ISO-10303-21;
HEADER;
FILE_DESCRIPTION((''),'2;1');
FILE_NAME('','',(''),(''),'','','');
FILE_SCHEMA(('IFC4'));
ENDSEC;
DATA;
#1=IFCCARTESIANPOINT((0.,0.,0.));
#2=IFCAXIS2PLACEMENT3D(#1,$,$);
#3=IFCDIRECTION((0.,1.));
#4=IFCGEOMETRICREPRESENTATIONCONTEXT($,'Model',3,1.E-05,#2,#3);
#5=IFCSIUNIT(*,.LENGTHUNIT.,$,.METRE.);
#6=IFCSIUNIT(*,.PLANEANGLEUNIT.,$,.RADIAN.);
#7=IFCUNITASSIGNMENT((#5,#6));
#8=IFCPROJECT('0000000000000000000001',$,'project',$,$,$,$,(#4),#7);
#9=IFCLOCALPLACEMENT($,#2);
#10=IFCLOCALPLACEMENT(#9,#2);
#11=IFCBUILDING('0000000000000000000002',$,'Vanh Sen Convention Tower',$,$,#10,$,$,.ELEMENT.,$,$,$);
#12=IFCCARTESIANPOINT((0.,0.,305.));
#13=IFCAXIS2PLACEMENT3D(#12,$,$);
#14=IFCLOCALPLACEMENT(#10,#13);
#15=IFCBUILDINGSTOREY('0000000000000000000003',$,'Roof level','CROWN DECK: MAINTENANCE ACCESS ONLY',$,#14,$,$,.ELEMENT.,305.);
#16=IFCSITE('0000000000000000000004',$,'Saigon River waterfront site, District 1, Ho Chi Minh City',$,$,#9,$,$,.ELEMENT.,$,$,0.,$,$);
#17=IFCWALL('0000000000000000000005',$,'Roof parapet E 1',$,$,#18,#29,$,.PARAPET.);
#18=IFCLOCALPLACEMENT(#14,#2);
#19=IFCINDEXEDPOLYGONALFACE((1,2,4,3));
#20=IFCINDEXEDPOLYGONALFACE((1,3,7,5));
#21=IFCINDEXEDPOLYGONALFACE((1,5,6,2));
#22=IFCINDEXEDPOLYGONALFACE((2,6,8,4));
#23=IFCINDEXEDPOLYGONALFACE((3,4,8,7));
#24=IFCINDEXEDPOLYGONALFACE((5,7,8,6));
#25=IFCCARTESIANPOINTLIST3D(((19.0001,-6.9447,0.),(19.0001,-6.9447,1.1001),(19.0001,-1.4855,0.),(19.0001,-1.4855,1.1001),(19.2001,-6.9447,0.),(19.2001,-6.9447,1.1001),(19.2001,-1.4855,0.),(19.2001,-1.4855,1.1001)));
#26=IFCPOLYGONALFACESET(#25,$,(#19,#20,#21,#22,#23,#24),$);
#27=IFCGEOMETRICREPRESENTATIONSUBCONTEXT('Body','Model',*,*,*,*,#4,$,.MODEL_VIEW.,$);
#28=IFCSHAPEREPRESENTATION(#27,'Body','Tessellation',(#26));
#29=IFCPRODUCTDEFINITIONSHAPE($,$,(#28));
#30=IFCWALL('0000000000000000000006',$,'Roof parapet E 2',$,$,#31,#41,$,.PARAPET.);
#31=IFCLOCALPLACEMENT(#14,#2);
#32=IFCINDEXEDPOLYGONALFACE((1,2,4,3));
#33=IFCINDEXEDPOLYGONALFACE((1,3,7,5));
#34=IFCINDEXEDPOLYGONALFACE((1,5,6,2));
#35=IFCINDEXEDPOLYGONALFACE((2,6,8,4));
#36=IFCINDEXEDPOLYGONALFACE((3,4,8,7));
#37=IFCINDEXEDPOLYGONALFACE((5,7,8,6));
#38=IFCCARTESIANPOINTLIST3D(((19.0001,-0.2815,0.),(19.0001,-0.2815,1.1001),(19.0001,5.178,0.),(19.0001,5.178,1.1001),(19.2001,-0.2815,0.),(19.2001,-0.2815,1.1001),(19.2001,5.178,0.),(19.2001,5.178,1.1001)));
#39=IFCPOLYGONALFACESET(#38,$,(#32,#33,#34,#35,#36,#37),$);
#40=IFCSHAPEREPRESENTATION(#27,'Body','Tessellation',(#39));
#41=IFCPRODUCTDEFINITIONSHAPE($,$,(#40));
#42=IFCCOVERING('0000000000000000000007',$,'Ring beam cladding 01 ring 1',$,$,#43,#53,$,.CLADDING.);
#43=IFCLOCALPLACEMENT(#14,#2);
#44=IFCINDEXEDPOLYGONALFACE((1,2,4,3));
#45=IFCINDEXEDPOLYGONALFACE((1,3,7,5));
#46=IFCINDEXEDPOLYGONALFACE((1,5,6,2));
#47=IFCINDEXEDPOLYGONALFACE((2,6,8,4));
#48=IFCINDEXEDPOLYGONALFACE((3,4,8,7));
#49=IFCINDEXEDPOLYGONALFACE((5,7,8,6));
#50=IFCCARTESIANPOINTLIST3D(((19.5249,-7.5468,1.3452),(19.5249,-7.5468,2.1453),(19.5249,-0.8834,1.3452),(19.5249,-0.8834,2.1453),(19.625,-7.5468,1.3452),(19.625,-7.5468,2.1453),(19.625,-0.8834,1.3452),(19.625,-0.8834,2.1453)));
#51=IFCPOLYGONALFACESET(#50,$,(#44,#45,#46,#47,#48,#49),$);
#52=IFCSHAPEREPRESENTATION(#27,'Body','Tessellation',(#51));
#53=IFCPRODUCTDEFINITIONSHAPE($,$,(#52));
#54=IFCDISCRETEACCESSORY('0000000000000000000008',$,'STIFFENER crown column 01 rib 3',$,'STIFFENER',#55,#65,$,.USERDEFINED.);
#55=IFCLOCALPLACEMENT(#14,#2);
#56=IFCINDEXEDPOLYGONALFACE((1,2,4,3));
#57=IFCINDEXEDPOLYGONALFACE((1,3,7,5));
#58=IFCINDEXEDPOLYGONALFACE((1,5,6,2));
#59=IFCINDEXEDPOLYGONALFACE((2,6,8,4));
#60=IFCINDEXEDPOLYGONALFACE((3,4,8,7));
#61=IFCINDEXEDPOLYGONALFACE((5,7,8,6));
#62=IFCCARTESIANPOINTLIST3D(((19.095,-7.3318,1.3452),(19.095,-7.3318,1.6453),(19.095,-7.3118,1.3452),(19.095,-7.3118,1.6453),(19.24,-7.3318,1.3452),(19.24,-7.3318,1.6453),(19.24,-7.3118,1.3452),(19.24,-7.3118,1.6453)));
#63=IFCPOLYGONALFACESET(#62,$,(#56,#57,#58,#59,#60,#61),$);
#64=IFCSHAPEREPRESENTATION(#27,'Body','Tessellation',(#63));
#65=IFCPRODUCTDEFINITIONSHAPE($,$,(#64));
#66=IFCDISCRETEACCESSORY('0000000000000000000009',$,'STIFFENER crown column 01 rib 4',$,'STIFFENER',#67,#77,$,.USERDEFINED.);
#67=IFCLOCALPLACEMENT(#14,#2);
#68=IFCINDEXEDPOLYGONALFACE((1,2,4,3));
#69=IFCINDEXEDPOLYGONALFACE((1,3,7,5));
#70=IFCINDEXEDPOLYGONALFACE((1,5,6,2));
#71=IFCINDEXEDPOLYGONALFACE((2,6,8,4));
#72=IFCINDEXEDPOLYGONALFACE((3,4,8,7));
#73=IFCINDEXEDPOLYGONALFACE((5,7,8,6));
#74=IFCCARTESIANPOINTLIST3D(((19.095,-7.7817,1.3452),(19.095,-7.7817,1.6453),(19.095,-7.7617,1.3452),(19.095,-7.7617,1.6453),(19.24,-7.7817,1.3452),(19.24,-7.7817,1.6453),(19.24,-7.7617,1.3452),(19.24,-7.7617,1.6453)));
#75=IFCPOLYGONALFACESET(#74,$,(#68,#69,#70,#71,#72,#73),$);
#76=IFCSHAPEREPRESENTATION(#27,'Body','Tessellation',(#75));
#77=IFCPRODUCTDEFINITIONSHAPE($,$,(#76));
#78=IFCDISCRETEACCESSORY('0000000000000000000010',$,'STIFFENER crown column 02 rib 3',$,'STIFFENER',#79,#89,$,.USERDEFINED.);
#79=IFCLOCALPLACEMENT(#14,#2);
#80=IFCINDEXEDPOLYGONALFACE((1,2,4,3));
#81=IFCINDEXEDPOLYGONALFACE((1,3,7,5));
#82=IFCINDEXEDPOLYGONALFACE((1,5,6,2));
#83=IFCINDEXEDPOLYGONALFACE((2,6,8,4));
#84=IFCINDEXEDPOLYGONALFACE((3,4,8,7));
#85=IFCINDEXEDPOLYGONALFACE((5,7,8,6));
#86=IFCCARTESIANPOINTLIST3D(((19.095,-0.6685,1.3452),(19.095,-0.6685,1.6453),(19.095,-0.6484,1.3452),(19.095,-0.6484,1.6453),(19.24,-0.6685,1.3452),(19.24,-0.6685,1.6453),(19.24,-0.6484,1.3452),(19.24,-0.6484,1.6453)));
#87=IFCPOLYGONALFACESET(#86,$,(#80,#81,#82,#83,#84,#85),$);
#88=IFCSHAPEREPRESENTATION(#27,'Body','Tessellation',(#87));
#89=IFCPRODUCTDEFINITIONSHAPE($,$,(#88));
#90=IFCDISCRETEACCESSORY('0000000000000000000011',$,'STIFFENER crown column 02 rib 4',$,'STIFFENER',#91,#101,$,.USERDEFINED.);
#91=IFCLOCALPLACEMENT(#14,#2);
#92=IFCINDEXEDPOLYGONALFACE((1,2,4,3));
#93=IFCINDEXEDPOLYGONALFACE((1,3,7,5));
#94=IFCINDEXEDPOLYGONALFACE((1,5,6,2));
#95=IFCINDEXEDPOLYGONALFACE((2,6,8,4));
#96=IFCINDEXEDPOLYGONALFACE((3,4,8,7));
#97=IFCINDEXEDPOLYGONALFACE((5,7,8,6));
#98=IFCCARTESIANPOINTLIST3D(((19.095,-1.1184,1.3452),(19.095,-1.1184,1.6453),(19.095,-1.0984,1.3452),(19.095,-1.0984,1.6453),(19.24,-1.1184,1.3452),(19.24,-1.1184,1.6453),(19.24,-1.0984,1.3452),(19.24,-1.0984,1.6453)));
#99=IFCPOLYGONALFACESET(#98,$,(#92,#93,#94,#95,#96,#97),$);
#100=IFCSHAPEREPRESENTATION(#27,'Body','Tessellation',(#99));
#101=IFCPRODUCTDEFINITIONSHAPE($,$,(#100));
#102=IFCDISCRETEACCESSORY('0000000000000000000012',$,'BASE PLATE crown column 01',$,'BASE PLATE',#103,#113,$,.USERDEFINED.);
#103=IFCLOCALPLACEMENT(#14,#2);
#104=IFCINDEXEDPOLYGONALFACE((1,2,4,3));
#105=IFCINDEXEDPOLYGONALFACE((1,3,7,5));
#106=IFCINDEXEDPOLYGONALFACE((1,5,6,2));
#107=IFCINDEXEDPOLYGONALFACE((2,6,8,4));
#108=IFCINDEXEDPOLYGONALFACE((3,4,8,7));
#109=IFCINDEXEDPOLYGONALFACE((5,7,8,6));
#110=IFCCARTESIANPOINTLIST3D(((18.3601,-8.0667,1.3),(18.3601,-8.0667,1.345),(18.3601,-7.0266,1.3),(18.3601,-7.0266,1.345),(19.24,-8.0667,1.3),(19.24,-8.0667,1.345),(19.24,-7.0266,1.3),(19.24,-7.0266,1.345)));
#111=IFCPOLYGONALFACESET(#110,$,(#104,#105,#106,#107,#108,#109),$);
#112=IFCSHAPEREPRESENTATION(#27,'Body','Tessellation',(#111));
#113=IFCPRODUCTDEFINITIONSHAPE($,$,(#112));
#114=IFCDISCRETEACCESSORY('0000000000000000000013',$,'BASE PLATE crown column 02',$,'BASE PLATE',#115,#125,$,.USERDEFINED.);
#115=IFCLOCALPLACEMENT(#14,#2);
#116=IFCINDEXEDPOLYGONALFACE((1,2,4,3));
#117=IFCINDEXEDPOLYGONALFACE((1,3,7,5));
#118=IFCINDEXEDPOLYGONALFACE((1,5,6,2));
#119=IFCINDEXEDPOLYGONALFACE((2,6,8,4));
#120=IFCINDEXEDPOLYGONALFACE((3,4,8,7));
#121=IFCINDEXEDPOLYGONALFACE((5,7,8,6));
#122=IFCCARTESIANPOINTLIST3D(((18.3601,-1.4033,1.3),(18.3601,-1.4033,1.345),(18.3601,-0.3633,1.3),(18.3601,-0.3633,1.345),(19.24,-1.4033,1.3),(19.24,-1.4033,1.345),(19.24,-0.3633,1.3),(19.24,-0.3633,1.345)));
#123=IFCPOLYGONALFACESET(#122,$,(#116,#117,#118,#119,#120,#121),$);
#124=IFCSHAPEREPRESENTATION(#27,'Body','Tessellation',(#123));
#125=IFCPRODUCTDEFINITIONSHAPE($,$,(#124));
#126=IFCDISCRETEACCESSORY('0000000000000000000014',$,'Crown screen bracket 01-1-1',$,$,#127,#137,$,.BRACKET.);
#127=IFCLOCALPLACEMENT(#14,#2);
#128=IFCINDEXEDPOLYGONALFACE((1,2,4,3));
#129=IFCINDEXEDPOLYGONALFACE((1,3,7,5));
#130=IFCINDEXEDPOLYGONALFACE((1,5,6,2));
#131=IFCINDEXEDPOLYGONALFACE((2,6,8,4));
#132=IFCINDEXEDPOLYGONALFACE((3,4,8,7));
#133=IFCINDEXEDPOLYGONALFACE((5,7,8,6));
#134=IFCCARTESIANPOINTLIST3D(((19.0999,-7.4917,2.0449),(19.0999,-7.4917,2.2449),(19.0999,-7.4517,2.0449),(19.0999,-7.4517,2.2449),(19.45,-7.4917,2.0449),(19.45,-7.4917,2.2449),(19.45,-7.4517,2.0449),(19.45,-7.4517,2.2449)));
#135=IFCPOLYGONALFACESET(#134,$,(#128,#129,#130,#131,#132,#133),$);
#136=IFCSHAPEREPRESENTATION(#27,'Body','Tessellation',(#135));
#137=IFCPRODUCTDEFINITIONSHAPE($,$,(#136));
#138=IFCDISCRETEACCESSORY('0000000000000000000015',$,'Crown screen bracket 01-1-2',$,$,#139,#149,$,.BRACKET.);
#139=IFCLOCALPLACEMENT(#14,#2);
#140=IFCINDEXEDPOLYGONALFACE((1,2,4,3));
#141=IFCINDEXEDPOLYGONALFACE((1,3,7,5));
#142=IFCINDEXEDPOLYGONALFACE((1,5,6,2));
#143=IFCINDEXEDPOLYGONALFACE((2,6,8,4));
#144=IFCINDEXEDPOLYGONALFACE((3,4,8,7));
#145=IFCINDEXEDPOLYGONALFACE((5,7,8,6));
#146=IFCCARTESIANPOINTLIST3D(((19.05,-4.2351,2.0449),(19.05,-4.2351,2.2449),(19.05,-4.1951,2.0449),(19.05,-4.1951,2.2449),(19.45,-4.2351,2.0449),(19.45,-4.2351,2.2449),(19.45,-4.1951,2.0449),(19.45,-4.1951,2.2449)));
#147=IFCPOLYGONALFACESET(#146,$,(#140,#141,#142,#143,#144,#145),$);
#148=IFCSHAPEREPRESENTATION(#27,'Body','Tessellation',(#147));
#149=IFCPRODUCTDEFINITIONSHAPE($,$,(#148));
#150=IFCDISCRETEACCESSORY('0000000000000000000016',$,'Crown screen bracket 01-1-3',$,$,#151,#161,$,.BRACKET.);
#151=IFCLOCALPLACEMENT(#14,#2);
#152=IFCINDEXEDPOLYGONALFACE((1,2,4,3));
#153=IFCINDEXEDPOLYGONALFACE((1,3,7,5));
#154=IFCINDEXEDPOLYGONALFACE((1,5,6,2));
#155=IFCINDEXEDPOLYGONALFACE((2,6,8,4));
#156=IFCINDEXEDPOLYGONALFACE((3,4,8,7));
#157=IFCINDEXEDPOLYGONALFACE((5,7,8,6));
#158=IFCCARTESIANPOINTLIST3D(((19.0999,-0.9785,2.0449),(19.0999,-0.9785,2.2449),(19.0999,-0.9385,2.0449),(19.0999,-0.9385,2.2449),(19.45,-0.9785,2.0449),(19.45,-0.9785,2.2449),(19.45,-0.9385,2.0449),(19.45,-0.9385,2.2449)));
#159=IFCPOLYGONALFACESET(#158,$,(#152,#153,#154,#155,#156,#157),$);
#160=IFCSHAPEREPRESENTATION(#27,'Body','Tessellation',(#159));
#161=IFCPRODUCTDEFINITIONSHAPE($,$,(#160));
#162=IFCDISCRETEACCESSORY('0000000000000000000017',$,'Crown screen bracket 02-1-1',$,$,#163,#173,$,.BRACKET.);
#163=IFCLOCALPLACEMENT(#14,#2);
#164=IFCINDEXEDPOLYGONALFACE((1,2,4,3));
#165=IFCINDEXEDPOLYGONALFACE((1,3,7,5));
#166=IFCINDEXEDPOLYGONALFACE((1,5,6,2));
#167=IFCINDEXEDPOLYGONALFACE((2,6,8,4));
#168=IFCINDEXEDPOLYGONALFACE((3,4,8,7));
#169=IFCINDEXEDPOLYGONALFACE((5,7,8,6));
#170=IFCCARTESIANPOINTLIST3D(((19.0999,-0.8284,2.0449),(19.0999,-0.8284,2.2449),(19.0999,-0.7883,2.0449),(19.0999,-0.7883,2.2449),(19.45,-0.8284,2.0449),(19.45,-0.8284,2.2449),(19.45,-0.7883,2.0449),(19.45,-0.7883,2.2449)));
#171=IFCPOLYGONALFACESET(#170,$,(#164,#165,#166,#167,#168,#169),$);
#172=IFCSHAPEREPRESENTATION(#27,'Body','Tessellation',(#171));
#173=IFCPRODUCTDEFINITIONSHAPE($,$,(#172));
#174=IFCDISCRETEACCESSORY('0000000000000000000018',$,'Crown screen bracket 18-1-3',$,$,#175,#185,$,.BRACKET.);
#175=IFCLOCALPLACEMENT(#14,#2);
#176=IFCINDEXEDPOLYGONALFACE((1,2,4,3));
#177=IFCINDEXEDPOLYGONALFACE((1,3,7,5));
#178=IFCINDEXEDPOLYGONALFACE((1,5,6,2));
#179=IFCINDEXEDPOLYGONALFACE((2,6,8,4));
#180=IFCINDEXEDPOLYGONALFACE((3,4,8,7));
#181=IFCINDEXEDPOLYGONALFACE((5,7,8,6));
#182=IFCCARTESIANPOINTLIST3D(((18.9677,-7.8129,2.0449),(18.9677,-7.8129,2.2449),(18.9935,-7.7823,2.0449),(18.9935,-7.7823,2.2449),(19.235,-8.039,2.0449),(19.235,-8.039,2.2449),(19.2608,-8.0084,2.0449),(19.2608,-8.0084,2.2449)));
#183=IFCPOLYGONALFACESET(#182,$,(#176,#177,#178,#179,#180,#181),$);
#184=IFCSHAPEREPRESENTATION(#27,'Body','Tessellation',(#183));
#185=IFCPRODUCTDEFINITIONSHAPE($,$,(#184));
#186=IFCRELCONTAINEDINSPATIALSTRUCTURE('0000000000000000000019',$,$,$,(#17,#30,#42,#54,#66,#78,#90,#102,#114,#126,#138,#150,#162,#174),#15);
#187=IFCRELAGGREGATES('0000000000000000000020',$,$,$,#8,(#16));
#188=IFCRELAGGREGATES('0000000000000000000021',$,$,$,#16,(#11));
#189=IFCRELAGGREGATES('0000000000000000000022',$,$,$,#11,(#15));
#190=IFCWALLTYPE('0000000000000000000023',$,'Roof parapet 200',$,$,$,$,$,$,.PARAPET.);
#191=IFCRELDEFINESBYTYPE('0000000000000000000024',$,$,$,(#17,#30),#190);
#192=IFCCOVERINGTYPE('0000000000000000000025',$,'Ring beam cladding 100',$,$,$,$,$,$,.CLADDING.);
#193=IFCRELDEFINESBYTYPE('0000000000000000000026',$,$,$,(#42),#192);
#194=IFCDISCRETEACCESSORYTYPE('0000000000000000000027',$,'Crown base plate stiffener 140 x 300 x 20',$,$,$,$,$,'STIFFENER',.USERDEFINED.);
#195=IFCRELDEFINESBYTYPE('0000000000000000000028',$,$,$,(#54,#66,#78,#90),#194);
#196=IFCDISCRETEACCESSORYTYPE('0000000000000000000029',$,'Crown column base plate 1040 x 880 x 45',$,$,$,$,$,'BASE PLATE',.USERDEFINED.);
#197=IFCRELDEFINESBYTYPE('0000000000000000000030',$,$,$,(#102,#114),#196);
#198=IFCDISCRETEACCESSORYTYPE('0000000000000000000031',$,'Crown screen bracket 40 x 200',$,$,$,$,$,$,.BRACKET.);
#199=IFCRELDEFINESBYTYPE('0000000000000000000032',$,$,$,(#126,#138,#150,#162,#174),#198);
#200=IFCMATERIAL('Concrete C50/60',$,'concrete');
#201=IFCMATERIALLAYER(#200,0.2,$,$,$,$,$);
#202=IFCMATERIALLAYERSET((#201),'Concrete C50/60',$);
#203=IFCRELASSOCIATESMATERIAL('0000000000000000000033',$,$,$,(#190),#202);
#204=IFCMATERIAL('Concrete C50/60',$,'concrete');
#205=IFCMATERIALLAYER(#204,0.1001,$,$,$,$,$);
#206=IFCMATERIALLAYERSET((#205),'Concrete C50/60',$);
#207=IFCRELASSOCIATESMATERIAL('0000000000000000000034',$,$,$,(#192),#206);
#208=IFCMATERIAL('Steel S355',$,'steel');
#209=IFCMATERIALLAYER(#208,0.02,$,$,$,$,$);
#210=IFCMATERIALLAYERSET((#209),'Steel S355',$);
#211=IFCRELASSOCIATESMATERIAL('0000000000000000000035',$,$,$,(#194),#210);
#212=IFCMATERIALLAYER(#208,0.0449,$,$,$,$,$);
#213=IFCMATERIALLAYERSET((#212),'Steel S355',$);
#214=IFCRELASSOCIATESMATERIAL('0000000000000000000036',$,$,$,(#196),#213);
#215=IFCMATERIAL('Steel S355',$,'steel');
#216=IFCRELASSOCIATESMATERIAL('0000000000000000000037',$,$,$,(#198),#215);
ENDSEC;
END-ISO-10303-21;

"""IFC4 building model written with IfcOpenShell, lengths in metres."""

from ifc_helpers import new_model, si_unit, direction, frame, frame_2d, origin, origin_2d, place, context, subcontext, project, spatial, rectangle, extrude, material, layer, layer_set, type_object, element, save


model = new_model("IFC4")

# Units and contexts
model_context = context("Model", 3, precision=1e-05, world=origin(), true_north=direction((0.0, 1.0)))
body_context = subcontext(model_context, "Body", "Model", "MODEL_VIEW")
ifc_project = project(units=[si_unit("LENGTHUNIT", "METRE"), si_unit("PLANEANGLEUNIT", "RADIAN")], contexts=[model_context])

# Site, building, storey
site_placement = place(None, origin())
site = spatial("IfcSite", under=ifc_project, at=site_placement, Name="Saigon River waterfront site, District 1, Ho Chi Minh City", CompositionType="ELEMENT", RefElevation=0.0)
building_placement = place(site_placement, origin())
building = spatial("IfcBuilding", under=site, at=building_placement, Name="Vanh Sen Convention Tower", CompositionType="ELEMENT")
storey_placement = place(building_placement, frame((0.0, 0.0, 305.0)))
storey = spatial("IfcBuildingStorey", under=building, at=storey_placement, Name="Roof level", Description="CROWN DECK: MAINTENANCE ACCESS ONLY", CompositionType="ELEMENT", Elevation=305.0)

# Walls
ifc_material_1 = material(Name="Concrete C50/60", Category="concrete")
ifc_layer_1 = layer(ifc_material_1, 0.2)
ifc_layer_set_1 = layer_set([ifc_layer_1], Name="Concrete C50/60")
wall_type = type_object("IfcWallType", Name="Roof parapet 200", PredefinedType="PARAPET", material=ifc_layer_set_1)
wall_1_placement = place(storey_placement, frame((19.1001, -6.9446, 0.0), z_axis=(0.0, 0.0, 1.0), x_axis=(0.0, 1.0, 0.0)))
element("IfcWall", 1, at=wall_1_placement, inside=storey, type_object=wall_type, Name="Roof parapet E 1", PredefinedType="PARAPET", context=body_context, shape_type="SweptSolid", body=[
    extrude(rectangle(XDim=5.4592, YDim=0.2, at=frame_2d((2.7295, 0.0))), origin(), (0.0, 0.0, 1.0), 1.1001),
])
wall_2_placement = place(storey_placement, frame((19.1001, -0.2815, 0.0), z_axis=(0.0, 0.0, 1.0), x_axis=(0.0, 1.0, 0.0)))
element("IfcWall", 2, at=wall_2_placement, inside=storey, type_object=wall_type, Name="Roof parapet E 2", PredefinedType="PARAPET", context=body_context, shape_type="SweptSolid", body=[
    extrude(rectangle(XDim=5.4595, YDim=0.2, at=frame_2d((2.7297, 0.0))), origin(), (0.0, 0.0, 1.0), 1.1001),
])

# Covering
ifc_material_2 = material(Name="Concrete C50/60", Category="concrete")
ifc_layer_2 = layer(ifc_material_2, 0.1001)
ifc_layer_set_2 = layer_set([ifc_layer_2], Name="Concrete C50/60")
covering_type = type_object("IfcCoveringType", Name="Ring beam cladding 100", PredefinedType="CLADDING", material=ifc_layer_set_2)
covering_placement = place(storey_placement, frame((19.575, -4.2151, 1.3452), z_axis=(0.0, 0.0, 1.0), x_axis=(0.0, 1.0, 0.0)))
element("IfcCovering", 3, at=covering_placement, inside=storey, type_object=covering_type, Name="Ring beam cladding 01 ring 1", PredefinedType="CLADDING", context=body_context, shape_type="SweptSolid", body=[
    extrude(rectangle(XDim=6.6633, YDim=0.1001, at=origin_2d()), origin(), (0.0, 0.0, 1.0), 0.8),
])

# Discrete accessories
ifc_material_3 = material(Name="Steel S355", Category="steel")
ifc_layer_3 = layer(ifc_material_3, 0.02)
ifc_layer_set_3 = layer_set([ifc_layer_3], Name="Steel S355")
discrete_accessory_type_1 = type_object("IfcDiscreteAccessoryType", Name="Crown base plate stiffener 140 x 300 x 20", ElementType="STIFFENER", PredefinedType="USERDEFINED", material=ifc_layer_set_3)
for number, where, z_axis, x_axis, name in (
    (4, (19.1675, -7.3218, 1.3452), (0.0, 0.0, 1.0), (-1.0, 0.0, 0.0), "STIFFENER crown column 01 rib 3"),
    (5, (19.1675, -7.7717, 1.3452), (0.0, 0.0, 1.0), (-1.0, 0.0, 0.0), "STIFFENER crown column 01 rib 4"),
    (6, (19.1675, -0.6584, 1.3452), (0.0, 0.0, 1.0), (-1.0, 0.0, 0.0), "STIFFENER crown column 02 rib 3"),
    (7, (19.1675, -1.1084, 1.3452), (0.0, 0.0, 1.0), (-1.0, 0.0, 0.0), "STIFFENER crown column 02 rib 4"),
):
    element("IfcDiscreteAccessory", number, at=place(storey_placement, frame(where, z_axis=z_axis, x_axis=x_axis)), inside=storey, type_object=discrete_accessory_type_1, Name=name, ObjectType="STIFFENER", PredefinedType="USERDEFINED", context=body_context, shape_type="SweptSolid", body=[
        extrude(rectangle(XDim=0.145, YDim=0.02, at=origin_2d()), origin(), (0.0, 0.0, 1.0), 0.3),
    ])
ifc_layer_4 = layer(ifc_material_3, 0.0449)
ifc_layer_set_4 = layer_set([ifc_layer_4], Name="Steel S355")
discrete_accessory_type_2 = type_object("IfcDiscreteAccessoryType", Name="Crown column base plate 1040 x 880 x 45", ElementType="BASE PLATE", PredefinedType="USERDEFINED", material=ifc_layer_set_4)
for number, where, z_axis, x_axis, name in (
    (8, (18.8, -7.5466, 1.3), (0.0, 0.0, 1.0), (0.0, 1.0, 0.0), "BASE PLATE crown column 01"),
    (9, (18.8, -0.8833, 1.3), (0.0, 0.0, 1.0), (0.0, 1.0, 0.0), "BASE PLATE crown column 02"),
):
    element("IfcDiscreteAccessory", number, at=place(storey_placement, frame(where, z_axis=z_axis, x_axis=x_axis)), inside=storey, type_object=discrete_accessory_type_2, Name=name, ObjectType="BASE PLATE", PredefinedType="USERDEFINED", context=body_context, shape_type="SweptSolid", body=[
        extrude(rectangle(XDim=1.04, YDim=0.8799, at=origin_2d()), origin(), (0.0, 0.0, 1.0), 0.0449),
    ])
ifc_material_4 = material(Name="Steel S355", Category="steel")
discrete_accessory_type_3 = type_object("IfcDiscreteAccessoryType", Name="Crown screen bracket 40 x 200", PredefinedType="BRACKET", material=ifc_material_4)
discrete_accessory_1_placement = place(storey_placement, frame((19.2749, -7.4717, 2.0449), z_axis=(0.0, 0.0, 1.0), x_axis=(1.0, 0.0, 0.0)))
element("IfcDiscreteAccessory", 10, at=discrete_accessory_1_placement, inside=storey, type_object=discrete_accessory_type_3, Name="Crown screen bracket 01-1-1", PredefinedType="BRACKET", context=body_context, shape_type="SweptSolid", body=[
    extrude(rectangle(XDim=0.3501, YDim=0.04, at=origin_2d()), origin(), (0.0, 0.0, 1.0), 0.2),
])
discrete_accessory_2_placement = place(storey_placement, frame((19.25, -4.2151, 2.0449), z_axis=(0.0, 0.0, 1.0), x_axis=(1.0, 0.0, 0.0)))
element("IfcDiscreteAccessory", 11, at=discrete_accessory_2_placement, inside=storey, type_object=discrete_accessory_type_3, Name="Crown screen bracket 01-1-2", PredefinedType="BRACKET", context=body_context, shape_type="SweptSolid", body=[
    extrude(rectangle(XDim=0.3999, YDim=0.04, at=origin_2d()), origin(), (0.0, 0.0, 1.0), 0.2),
])
for number, where, z_axis, x_axis, name in (
    (12, (19.2749, -0.9585, 2.0449), (0.0, 0.0, 1.0), (1.0, 0.0, 0.0), "Crown screen bracket 01-1-3"),
    (13, (19.2749, -0.8083, 2.0449), (0.0, 0.0, 1.0), (1.0, 0.0, 0.0), "Crown screen bracket 02-1-1"),
    (14, (19.1143, -7.9106, 2.0449), (0.0, 0.0, 1.0), (0.763535, -0.645767, 0.0), "Crown screen bracket 18-1-3"),
):
    element("IfcDiscreteAccessory", number, at=place(storey_placement, frame(where, z_axis=z_axis, x_axis=x_axis)), inside=storey, type_object=discrete_accessory_type_3, Name=name, PredefinedType="BRACKET", context=body_context, shape_type="SweptSolid", body=[
        extrude(rectangle(XDim=0.3501, YDim=0.04, at=origin_2d()), origin(), (0.0, 0.0, 1.0), 0.2),
    ])

save(model, "model.ifc")
